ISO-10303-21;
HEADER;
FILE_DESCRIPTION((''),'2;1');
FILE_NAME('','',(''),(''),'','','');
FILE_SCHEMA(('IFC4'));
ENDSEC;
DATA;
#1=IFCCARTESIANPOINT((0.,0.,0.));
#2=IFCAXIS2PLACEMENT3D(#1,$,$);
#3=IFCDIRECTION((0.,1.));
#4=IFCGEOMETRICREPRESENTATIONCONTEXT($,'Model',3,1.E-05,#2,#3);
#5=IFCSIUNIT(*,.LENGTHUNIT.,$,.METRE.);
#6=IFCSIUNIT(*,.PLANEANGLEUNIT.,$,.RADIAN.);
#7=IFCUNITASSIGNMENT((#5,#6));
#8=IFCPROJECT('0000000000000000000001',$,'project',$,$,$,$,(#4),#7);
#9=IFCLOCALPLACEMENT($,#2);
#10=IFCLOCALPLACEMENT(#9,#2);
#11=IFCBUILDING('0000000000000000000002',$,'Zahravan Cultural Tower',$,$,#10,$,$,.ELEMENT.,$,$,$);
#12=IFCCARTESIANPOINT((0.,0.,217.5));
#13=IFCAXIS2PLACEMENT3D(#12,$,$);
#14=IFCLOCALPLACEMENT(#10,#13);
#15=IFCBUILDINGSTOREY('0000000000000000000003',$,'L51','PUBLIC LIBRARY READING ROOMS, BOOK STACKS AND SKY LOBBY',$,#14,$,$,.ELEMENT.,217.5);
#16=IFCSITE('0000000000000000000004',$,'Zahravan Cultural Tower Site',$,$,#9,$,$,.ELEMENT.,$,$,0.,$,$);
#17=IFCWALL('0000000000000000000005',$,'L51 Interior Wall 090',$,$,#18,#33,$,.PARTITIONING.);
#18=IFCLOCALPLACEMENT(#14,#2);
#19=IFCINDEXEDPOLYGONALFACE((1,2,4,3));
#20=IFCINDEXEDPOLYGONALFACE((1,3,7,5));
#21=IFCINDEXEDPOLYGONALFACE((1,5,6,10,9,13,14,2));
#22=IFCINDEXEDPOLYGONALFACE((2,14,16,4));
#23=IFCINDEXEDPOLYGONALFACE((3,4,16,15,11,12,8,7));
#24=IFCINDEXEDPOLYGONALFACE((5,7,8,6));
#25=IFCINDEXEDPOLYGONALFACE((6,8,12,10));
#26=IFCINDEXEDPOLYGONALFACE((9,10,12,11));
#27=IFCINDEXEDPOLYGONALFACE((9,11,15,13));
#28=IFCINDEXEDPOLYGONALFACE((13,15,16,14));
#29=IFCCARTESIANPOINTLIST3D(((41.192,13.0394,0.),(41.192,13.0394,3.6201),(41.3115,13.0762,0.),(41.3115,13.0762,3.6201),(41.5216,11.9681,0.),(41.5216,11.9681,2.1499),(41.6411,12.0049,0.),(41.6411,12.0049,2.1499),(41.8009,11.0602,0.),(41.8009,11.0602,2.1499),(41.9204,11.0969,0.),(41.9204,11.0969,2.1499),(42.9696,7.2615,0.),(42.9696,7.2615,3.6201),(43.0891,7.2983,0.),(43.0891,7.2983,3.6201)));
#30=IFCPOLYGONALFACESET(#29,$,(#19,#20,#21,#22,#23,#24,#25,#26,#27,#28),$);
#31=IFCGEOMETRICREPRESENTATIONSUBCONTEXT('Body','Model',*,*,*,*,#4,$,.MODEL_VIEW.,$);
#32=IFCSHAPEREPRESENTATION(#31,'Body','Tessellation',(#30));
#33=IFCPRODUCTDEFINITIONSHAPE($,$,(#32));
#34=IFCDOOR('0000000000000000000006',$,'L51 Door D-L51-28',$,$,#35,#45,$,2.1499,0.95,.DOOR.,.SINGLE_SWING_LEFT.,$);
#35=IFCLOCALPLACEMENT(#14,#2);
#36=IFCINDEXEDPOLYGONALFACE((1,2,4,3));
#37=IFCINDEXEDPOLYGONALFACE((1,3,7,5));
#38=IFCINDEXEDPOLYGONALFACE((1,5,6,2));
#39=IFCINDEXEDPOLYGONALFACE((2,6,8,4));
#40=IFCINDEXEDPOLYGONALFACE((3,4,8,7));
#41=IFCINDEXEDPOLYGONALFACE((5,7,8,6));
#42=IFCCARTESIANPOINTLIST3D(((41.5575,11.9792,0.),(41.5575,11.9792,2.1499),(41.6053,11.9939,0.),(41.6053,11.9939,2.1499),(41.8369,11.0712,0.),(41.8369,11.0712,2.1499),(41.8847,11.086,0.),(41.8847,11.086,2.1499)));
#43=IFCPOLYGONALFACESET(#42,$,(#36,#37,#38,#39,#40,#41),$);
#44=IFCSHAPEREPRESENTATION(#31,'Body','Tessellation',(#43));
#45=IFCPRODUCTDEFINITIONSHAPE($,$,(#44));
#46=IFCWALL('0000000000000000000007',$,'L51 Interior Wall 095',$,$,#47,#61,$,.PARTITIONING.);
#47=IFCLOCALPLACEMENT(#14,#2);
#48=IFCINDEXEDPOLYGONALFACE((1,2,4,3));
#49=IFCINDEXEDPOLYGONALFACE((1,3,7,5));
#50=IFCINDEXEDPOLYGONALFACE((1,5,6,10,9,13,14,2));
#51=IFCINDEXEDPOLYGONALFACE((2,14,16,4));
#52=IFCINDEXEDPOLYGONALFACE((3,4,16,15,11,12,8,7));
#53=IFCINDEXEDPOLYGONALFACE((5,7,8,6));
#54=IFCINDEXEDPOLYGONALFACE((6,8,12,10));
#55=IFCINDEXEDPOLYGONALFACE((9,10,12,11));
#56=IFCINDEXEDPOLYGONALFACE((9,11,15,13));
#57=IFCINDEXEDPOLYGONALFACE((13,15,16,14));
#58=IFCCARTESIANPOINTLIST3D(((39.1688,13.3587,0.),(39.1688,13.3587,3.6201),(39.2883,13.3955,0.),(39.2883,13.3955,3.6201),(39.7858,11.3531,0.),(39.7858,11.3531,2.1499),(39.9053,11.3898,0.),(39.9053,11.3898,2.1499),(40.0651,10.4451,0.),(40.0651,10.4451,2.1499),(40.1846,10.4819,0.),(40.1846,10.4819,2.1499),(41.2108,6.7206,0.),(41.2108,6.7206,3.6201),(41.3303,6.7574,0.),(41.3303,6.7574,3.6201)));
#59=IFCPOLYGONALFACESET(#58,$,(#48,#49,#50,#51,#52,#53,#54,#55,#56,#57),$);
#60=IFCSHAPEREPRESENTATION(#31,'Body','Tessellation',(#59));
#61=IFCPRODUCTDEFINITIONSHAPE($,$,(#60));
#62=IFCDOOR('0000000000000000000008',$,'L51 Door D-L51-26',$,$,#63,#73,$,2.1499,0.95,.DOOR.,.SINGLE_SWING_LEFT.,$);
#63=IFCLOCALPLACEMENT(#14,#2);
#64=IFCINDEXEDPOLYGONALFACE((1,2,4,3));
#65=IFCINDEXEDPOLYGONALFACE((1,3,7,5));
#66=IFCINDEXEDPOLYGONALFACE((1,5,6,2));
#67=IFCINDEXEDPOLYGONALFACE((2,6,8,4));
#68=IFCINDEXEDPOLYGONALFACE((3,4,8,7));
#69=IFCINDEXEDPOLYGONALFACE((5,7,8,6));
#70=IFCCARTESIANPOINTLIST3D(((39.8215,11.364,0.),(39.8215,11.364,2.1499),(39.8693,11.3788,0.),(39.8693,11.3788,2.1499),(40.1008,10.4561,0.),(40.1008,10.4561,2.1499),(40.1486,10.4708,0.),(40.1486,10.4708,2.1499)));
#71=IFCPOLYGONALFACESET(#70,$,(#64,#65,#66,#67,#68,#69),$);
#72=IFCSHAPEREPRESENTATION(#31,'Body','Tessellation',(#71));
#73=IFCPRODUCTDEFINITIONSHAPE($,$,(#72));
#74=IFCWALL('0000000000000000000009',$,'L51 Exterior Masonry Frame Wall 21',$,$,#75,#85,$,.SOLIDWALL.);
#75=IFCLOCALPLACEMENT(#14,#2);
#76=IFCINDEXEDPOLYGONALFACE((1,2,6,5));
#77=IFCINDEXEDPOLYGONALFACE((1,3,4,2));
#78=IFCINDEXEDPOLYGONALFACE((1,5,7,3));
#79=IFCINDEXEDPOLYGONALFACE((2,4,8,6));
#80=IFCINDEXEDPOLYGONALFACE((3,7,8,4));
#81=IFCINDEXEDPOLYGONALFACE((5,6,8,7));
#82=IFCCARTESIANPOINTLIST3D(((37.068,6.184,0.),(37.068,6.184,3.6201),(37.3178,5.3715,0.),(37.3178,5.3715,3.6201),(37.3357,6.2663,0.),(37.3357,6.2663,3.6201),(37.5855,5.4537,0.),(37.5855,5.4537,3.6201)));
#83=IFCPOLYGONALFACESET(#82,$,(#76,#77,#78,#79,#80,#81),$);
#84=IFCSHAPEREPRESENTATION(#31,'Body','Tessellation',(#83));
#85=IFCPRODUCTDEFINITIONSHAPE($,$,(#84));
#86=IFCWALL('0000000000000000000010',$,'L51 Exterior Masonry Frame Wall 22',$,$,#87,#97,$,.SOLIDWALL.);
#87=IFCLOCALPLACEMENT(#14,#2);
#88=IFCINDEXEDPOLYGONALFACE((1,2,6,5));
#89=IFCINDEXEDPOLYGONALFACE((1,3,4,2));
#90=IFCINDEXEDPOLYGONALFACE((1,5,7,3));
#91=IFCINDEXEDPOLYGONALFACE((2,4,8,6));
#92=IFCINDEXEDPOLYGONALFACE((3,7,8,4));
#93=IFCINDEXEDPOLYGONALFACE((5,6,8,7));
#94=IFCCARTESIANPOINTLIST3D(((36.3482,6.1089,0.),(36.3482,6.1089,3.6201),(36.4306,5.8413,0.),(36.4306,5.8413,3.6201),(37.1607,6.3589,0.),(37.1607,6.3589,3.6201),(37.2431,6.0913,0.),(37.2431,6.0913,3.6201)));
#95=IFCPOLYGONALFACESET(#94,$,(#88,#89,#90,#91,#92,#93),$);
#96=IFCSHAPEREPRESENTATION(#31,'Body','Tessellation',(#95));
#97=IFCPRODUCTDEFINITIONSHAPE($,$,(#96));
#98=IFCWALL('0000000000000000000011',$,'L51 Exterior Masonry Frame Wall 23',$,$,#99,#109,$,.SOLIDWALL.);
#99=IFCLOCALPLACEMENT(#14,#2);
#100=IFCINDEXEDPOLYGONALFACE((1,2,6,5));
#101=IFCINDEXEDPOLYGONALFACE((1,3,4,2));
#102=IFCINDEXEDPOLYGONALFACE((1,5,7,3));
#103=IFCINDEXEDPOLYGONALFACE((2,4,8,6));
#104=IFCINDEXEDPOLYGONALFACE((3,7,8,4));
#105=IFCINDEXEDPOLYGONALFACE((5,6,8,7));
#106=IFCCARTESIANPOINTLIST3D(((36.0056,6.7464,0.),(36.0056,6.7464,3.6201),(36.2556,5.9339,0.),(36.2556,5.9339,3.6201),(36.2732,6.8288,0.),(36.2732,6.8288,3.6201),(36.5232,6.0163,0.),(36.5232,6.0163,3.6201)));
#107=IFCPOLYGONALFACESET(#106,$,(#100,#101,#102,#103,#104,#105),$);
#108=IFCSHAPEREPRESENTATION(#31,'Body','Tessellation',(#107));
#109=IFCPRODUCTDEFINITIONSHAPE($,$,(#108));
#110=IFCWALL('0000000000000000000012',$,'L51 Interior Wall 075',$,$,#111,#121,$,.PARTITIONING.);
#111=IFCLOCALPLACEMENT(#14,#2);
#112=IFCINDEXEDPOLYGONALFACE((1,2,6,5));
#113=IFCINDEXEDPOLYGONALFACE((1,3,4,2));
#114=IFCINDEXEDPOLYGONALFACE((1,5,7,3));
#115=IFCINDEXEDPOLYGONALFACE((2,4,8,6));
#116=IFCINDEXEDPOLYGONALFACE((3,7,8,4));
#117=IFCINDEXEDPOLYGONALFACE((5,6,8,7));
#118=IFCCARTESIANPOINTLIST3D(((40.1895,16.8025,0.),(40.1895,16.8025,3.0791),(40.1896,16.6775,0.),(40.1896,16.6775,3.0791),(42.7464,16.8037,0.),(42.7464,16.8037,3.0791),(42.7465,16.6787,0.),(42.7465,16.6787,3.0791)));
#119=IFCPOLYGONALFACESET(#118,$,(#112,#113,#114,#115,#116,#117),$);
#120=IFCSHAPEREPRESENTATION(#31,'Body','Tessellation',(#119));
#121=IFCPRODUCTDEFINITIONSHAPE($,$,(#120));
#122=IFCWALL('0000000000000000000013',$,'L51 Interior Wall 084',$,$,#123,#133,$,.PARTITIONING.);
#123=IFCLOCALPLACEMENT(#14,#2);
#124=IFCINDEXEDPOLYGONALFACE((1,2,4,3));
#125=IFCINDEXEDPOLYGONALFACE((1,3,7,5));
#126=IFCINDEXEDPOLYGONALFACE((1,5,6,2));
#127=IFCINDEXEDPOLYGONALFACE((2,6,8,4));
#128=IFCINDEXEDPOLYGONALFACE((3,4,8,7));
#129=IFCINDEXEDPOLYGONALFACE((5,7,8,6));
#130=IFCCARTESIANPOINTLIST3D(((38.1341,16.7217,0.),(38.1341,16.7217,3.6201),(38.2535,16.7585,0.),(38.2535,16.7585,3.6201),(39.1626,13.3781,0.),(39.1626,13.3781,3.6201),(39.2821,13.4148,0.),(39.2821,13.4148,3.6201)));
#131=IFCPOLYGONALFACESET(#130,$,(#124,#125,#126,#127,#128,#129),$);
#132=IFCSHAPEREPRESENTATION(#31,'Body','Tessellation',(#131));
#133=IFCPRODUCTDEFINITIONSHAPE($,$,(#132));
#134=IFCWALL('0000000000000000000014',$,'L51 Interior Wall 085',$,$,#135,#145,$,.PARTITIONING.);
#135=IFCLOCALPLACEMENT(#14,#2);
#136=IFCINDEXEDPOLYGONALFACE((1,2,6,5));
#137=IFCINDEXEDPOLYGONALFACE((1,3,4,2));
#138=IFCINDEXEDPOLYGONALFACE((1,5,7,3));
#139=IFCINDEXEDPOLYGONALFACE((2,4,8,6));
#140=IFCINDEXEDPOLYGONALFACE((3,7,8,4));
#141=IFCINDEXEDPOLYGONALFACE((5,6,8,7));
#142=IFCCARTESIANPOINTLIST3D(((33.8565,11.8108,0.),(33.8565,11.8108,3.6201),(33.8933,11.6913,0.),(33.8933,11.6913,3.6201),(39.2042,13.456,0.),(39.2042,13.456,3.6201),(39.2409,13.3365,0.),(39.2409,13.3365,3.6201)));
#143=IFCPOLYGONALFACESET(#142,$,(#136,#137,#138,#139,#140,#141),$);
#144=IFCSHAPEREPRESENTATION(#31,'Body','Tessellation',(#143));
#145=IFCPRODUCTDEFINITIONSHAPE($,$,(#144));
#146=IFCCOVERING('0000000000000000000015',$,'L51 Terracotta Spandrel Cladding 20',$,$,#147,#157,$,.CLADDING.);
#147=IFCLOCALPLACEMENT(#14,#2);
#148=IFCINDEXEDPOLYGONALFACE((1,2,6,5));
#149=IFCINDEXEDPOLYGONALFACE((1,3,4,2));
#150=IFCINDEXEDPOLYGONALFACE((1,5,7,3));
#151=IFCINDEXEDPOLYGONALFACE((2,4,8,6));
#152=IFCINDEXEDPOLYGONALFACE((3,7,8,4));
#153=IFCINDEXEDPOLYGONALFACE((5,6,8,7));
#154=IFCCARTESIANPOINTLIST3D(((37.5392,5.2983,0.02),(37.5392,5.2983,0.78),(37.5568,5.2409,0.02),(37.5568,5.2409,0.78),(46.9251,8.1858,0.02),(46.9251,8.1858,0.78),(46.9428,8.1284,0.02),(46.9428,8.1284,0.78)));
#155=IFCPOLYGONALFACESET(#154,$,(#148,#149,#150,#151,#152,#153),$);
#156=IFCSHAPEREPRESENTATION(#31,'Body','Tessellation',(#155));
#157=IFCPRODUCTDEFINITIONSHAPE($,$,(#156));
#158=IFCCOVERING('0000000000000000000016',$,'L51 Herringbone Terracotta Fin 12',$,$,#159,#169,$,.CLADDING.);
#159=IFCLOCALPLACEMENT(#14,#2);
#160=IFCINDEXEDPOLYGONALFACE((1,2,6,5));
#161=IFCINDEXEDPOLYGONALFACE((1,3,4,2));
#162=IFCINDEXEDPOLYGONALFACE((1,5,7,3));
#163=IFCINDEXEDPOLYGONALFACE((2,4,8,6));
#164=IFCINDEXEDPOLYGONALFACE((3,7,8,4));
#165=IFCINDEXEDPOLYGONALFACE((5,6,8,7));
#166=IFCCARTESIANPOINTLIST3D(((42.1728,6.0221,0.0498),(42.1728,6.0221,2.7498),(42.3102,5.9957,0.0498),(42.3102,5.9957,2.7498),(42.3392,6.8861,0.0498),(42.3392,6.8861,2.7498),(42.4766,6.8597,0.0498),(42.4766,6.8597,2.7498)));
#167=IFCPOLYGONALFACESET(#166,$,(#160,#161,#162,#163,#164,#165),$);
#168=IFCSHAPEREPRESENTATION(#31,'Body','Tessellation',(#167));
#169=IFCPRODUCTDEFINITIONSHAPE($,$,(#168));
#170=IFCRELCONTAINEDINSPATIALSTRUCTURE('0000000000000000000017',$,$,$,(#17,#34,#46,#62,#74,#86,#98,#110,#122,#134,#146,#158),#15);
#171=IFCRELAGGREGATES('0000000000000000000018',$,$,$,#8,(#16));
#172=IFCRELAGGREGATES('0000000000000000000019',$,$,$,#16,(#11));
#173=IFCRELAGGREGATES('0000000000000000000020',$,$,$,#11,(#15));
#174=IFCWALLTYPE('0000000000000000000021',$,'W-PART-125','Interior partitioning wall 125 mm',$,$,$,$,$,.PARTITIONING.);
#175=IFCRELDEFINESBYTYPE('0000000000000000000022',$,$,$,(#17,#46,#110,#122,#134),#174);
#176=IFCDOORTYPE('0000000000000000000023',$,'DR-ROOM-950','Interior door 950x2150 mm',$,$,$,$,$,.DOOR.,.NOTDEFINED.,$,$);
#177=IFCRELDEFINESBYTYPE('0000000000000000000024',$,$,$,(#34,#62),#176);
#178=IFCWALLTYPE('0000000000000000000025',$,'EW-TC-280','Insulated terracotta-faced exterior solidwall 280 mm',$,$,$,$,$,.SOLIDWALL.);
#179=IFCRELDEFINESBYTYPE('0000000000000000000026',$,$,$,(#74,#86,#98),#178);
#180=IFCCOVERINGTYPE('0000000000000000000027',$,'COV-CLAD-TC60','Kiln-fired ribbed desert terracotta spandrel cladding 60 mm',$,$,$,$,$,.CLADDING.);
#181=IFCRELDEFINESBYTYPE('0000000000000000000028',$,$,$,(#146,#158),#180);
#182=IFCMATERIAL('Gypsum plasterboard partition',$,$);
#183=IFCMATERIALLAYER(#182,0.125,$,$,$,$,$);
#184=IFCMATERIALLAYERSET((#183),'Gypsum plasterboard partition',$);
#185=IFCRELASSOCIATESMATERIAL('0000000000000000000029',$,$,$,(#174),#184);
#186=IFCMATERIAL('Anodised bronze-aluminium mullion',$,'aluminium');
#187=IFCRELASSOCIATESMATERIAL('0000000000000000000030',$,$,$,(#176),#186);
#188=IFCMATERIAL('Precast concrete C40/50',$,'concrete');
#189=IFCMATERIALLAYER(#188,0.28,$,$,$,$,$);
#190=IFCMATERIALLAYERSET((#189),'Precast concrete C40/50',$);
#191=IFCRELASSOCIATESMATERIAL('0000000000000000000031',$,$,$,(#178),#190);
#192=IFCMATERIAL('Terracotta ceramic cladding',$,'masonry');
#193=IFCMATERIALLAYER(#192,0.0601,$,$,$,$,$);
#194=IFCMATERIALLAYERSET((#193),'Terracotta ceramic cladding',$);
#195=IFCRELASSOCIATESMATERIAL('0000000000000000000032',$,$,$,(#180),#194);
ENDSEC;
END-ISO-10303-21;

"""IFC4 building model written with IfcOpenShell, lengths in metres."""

from ifc_helpers import new_model, si_unit, direction, frame, frame_2d, origin, origin_2d, place, context, subcontext, project, spatial, rectangle, extrude, source, transform, mapped, material, layer, layer_set, type_object, element, fill, save


model = new_model("IFC4")

# Units and contexts
model_context = context("Model", 3, precision=1e-05, world=origin(), true_north=direction((0.0, 1.0)))
body_context = subcontext(model_context, "Body", "Model", "MODEL_VIEW")
ifc_project = project(units=[si_unit("LENGTHUNIT", "METRE"), si_unit("PLANEANGLEUNIT", "RADIAN")], contexts=[model_context])

# Site, building, storey
site_placement = place(None, origin())
site = spatial("IfcSite", under=ifc_project, at=site_placement, Name="Zahravan Cultural Tower Site", CompositionType="ELEMENT", RefElevation=0.0)
building_placement = place(site_placement, origin())
building = spatial("IfcBuilding", under=site, at=building_placement, Name="Zahravan Cultural Tower", CompositionType="ELEMENT")
storey_placement = place(building_placement, frame((0.0, 0.0, 217.5)))
storey = spatial("IfcBuildingStorey", under=building, at=storey_placement, Name="L51", Description="PUBLIC LIBRARY READING ROOMS, BOOK STACKS AND SKY LOBBY", CompositionType="ELEMENT", Elevation=217.5)

# Walls, openings, doors
ifc_material_1 = material(Name="Gypsum plasterboard partition")
ifc_layer_1 = layer(ifc_material_1, 0.125)
ifc_layer_set_1 = layer_set([ifc_layer_1], Name="Gypsum plasterboard partition")
wall_type_1 = type_object("IfcWallType", Name="W-PART-125", Description="Interior partitioning wall 125 mm", PredefinedType="PARTITIONING", material=ifc_layer_set_1)
ifc_material_2 = material(Name="Anodised bronze-aluminium mullion", Category="aluminium")
door_type_1 = type_object("IfcDoorType", Name="DR-ROOM-950", Description="Interior door 950x2150 mm", OperationType="NOTDEFINED", PredefinedType="DOOR", material=ifc_material_2)
shared_shape_1 = source(origin(), body_context, "Body", "SweptSolid", [
    extrude(rectangle(XDim=0.95, YDim=2.1499, at=frame_2d((0.4751, 1.075))), frame((0.0, 0.0249, 0.0), z_axis=(0.0, -1.0, 0.0), x_axis=(1.0, 0.0, 0.0)), (0.0, 0.0, 1.0), 0.05),
])
wall_1_placement = place(storey_placement, frame((43.0293, 7.28, 0.0), z_axis=(0.0, 0.0, 1.0), x_axis=(-0.294055, 0.955789, 0.0)))
wall_1 = element("IfcWall", 1, at=wall_1_placement, inside=storey, type_object=wall_type_1, Name="L51 Interior Wall 090", PredefinedType="PARTITIONING", context=body_context, shape_type="SweptSolid", body=[
    extrude(rectangle(XDim=6.0452, YDim=0.125, at=frame_2d((3.0225, 0.0))), origin(), (0.0, 0.0, 1.0), 3.6201),
])
opening_1_placement = place(wall_1_placement, frame((3.9741, 0.0, 0.0)))
opening_1 = element("IfcOpeningElement", 2, at=opening_1_placement, cuts=wall_1, PredefinedType="OPENING", context=body_context, shape_type="SweptSolid", body=[
    extrude(rectangle(XDim=0.95, YDim=2.1499, at=frame_2d((0.4751, 1.075))), frame((0.0, 0.0725, 0.0), z_axis=(0.0, -1.0, 0.0), x_axis=(1.0, 0.0, 0.0)), (0.0, 0.0, 1.0), 0.145),
])
door_1_placement = place(opening_1_placement, origin())
door_1 = element("IfcDoor", 3, at=door_1_placement, inside=storey, type_object=door_type_1, Name="L51 Door D-L51-28", OperationType="SINGLE_SWING_LEFT", OverallHeight=2.1499, OverallWidth=0.95, PredefinedType="DOOR", context=body_context, shape_type="MappedRepresentation", body=[
    mapped(shared_shape_1, transform((0.0, 0.0, 0.0), x_axis=(1.0, 0.0, 0.0), y_axis=(0.0, 1.0, 0.0), z_axis=(0.0, 0.0, 1.0), scale=1.0)),
])
fill(opening_1, door_1)
wall_2_placement = place(storey_placement, frame((39.2285, 13.3772, 0.0), z_axis=(0.0, 0.0, 1.0), x_axis=(0.294017, -0.9558, 0.0)))
wall_2 = element("IfcWall", 4, at=wall_2_placement, inside=storey, type_object=wall_type_1, Name="L51 Interior Wall 095", PredefinedType="PARTITIONING", context=body_context, shape_type="SweptSolid", body=[
    extrude(rectangle(XDim=6.9451, YDim=0.125, at=frame_2d((3.4727, 0.0))), origin(), (0.0, 0.0, 1.0), 3.6201),
])
opening_2_placement = place(wall_2_placement, frame((2.0984, 0.0, 0.0)))
opening_2 = element("IfcOpeningElement", 5, at=opening_2_placement, cuts=wall_2, PredefinedType="OPENING", context=body_context, shape_type="SweptSolid", body=[
    extrude(rectangle(XDim=0.95, YDim=2.1499, at=frame_2d((0.4751, 1.075))), frame((0.0, 0.0725, 0.0), z_axis=(0.0, -1.0, 0.0), x_axis=(1.0, 0.0, 0.0)), (0.0, 0.0, 1.0), 0.145),
])
door_2_placement = place(opening_2_placement, origin())
door_2 = element("IfcDoor", 6, at=door_2_placement, inside=storey, type_object=door_type_1, Name="L51 Door D-L51-26", OperationType="SINGLE_SWING_LEFT", OverallHeight=2.1499, OverallWidth=0.95, PredefinedType="DOOR", context=body_context, shape_type="MappedRepresentation", body=[
    mapped(shared_shape_1, transform((0.0, 0.0, 0.0), x_axis=(1.0, 0.0, 0.0), y_axis=(0.0, 1.0, 0.0), z_axis=(0.0, 0.0, 1.0), scale=1.0)),
])
fill(opening_2, door_2)

# Walls
ifc_material_3 = material(Name="Precast concrete C40/50", Category="concrete")
ifc_layer_2 = layer(ifc_material_3, 0.28)
ifc_layer_set_2 = layer_set([ifc_layer_2], Name="Precast concrete C40/50")
wall_type_2 = type_object("IfcWallType", Name="EW-TC-280", Description="Insulated terracotta-faced exterior solidwall 280 mm", PredefinedType="SOLIDWALL", material=ifc_layer_set_2)
shared_shape_2 = source(origin(), body_context, "Body", "SweptSolid", [
    extrude(rectangle(XDim=0.8501, YDim=0.28, at=frame_2d((0.425, 0.0))), origin(), (0.0, 0.0, 1.0), 3.6201),
])
for number, where, z_axis, x_axis, name in (
    (7, (37.4517, 5.4126, 0.0), (0.0, 0.0, 1.0), (-0.293823, 0.95586, 0.0), "L51 Exterior Masonry Frame Wall 21"),
    (8, (37.2019, 6.2251, 0.0), (0.0, 0.0, 1.0), (-0.955779, -0.294086, 0.0), "L51 Exterior Masonry Frame Wall 22"),
    (9, (36.3894, 5.9751, 0.0), (0.0, 0.0, 1.0), (-0.294086, 0.955779, 0.0), "L51 Exterior Masonry Frame Wall 23"),
):
    element("IfcWall", number, at=place(storey_placement, frame(where, z_axis=z_axis, x_axis=x_axis)), inside=storey, type_object=wall_type_2, Name=name, PredefinedType="SOLIDWALL", context=body_context, shape_type="MappedRepresentation", body=[
        mapped(shared_shape_2, transform((0.0, 0.0, 0.0), x_axis=(1.0, 0.0, 0.0), y_axis=(0.0, 1.0, 0.0), z_axis=(0.0, 0.0, 1.0), scale=1.0)),
    ])
shared_shape_3 = source(origin(), body_context, "Body", "SweptSolid", [
    extrude(rectangle(XDim=2.5569, YDim=0.125, at=frame_2d((1.2783, 0.0))), origin(), (0.0, 0.0, 1.0), 3.0791),
])
wall_3_placement = place(storey_placement, frame((40.1897, 16.74, 0.0), z_axis=(0.0, 0.0, 1.0), x_axis=(1.0, 0.000477, 0.0)))
element("IfcWall", 10, at=wall_3_placement, inside=storey, type_object=wall_type_1, Name="L51 Interior Wall 075", PredefinedType="PARTITIONING", context=body_context, shape_type="MappedRepresentation", body=[
    mapped(shared_shape_3, transform((0.0, 0.0, 0.0), x_axis=(1.0, 0.0, 0.0), y_axis=(0.0, 1.0, 0.0), z_axis=(0.0, 0.0, 1.0), scale=1.0)),
])
shared_shape_4 = source(origin(), body_context, "Body", "SweptSolid", [
    extrude(rectangle(XDim=3.4983, YDim=0.125, at=frame_2d((1.749, 0.0))), origin(), (0.0, 0.0, 1.0), 3.6201),
])
wall_4_placement = place(storey_placement, frame((38.1938, 16.74, 0.0), z_axis=(0.0, 0.0, 1.0), x_axis=(0.294012, -0.955802, 0.0)))
element("IfcWall", 11, at=wall_4_placement, inside=storey, type_object=wall_type_1, Name="L51 Interior Wall 084", PredefinedType="PARTITIONING", context=body_context, shape_type="MappedRepresentation", body=[
    mapped(shared_shape_4, transform((0.0, 0.0, 0.0), x_axis=(1.0, 0.0, 0.0), y_axis=(0.0, 1.0, 0.0), z_axis=(0.0, 0.0, 1.0), scale=1.0)),
])
shared_shape_5 = source(origin(), body_context, "Body", "SweptSolid", [
    extrude(rectangle(XDim=5.595, YDim=0.125, at=frame_2d((2.7974, 0.0))), origin(), (0.0, 0.0, 1.0), 3.6201),
])
wall_5_placement = place(storey_placement, frame((39.2224, 13.3962, 0.0), z_axis=(0.0, 0.0, 1.0), x_axis=(-0.955787, -0.294058, 0.0)))
element("IfcWall", 12, at=wall_5_placement, inside=storey, type_object=wall_type_1, Name="L51 Interior Wall 085", PredefinedType="PARTITIONING", context=body_context, shape_type="MappedRepresentation", body=[
    mapped(shared_shape_5, transform((0.0, 0.0, 0.0), x_axis=(1.0, 0.0, 0.0), y_axis=(0.0, 1.0, 0.0), z_axis=(0.0, 0.0, 1.0), scale=1.0)),
])

# Coverings
ifc_material_4 = material(Name="Terracotta ceramic cladding", Category="masonry")
ifc_layer_3 = layer(ifc_material_4, 0.0601)
ifc_layer_set_3 = layer_set([ifc_layer_3], Name="Terracotta ceramic cladding")
covering_type = type_object("IfcCoveringType", Name="COV-CLAD-TC60", Description="Kiln-fired ribbed desert terracotta spandrel cladding 60 mm", PredefinedType="CLADDING", material=ifc_layer_set_3)
shared_shape_6 = source(origin(), body_context, "Body", "SweptSolid", [
    extrude(rectangle(XDim=9.8201, YDim=0.0601, at=origin_2d()), origin(), (0.0, 0.0, 1.0), 0.76),
])
covering_placement = place(storey_placement, frame((42.241, 6.7134, 0.02), z_axis=(0.0, 0.0, 1.0), x_axis=(-0.955793, -0.29404, 0.0)))
element("IfcCovering", 13, at=covering_placement, inside=storey, type_object=covering_type, Name="L51 Terracotta Spandrel Cladding 20", PredefinedType="CLADDING", context=body_context, shape_type="MappedRepresentation", body=[
    mapped(shared_shape_6, transform((0.0, 0.0, 0.0), x_axis=(1.0, 0.0, 0.0), y_axis=(0.0, 1.0, 0.0), z_axis=(0.0, 0.0, 1.0), scale=1.0)),
])
shared_shape_7 = source(origin(), body_context, "Body", "SweptSolid", [
    extrude(rectangle(XDim=0.8799, YDim=0.1399, at=origin_2d()), origin(), (0.0, 0.0, 1.0), 2.7),
])
for number, where, z_axis, x_axis, name in (
    (14, (42.3247, 6.4409, 0.0498), (0.0, 0.0, 1.0), (-0.189095, -0.981959, 0.0), "L51 Herringbone Terracotta Fin 12"),
):
    element("IfcCovering", number, at=place(storey_placement, frame(where, z_axis=z_axis, x_axis=x_axis)), inside=storey, type_object=covering_type, Name=name, PredefinedType="CLADDING", context=body_context, shape_type="MappedRepresentation", body=[
        mapped(shared_shape_7, transform((0.0, 0.0, 0.0), x_axis=(1.0, 0.0, 0.0), y_axis=(0.0, 1.0, 0.0), z_axis=(0.0, 0.0, 1.0), scale=1.0)),
    ])

save(model, "model.ifc")
